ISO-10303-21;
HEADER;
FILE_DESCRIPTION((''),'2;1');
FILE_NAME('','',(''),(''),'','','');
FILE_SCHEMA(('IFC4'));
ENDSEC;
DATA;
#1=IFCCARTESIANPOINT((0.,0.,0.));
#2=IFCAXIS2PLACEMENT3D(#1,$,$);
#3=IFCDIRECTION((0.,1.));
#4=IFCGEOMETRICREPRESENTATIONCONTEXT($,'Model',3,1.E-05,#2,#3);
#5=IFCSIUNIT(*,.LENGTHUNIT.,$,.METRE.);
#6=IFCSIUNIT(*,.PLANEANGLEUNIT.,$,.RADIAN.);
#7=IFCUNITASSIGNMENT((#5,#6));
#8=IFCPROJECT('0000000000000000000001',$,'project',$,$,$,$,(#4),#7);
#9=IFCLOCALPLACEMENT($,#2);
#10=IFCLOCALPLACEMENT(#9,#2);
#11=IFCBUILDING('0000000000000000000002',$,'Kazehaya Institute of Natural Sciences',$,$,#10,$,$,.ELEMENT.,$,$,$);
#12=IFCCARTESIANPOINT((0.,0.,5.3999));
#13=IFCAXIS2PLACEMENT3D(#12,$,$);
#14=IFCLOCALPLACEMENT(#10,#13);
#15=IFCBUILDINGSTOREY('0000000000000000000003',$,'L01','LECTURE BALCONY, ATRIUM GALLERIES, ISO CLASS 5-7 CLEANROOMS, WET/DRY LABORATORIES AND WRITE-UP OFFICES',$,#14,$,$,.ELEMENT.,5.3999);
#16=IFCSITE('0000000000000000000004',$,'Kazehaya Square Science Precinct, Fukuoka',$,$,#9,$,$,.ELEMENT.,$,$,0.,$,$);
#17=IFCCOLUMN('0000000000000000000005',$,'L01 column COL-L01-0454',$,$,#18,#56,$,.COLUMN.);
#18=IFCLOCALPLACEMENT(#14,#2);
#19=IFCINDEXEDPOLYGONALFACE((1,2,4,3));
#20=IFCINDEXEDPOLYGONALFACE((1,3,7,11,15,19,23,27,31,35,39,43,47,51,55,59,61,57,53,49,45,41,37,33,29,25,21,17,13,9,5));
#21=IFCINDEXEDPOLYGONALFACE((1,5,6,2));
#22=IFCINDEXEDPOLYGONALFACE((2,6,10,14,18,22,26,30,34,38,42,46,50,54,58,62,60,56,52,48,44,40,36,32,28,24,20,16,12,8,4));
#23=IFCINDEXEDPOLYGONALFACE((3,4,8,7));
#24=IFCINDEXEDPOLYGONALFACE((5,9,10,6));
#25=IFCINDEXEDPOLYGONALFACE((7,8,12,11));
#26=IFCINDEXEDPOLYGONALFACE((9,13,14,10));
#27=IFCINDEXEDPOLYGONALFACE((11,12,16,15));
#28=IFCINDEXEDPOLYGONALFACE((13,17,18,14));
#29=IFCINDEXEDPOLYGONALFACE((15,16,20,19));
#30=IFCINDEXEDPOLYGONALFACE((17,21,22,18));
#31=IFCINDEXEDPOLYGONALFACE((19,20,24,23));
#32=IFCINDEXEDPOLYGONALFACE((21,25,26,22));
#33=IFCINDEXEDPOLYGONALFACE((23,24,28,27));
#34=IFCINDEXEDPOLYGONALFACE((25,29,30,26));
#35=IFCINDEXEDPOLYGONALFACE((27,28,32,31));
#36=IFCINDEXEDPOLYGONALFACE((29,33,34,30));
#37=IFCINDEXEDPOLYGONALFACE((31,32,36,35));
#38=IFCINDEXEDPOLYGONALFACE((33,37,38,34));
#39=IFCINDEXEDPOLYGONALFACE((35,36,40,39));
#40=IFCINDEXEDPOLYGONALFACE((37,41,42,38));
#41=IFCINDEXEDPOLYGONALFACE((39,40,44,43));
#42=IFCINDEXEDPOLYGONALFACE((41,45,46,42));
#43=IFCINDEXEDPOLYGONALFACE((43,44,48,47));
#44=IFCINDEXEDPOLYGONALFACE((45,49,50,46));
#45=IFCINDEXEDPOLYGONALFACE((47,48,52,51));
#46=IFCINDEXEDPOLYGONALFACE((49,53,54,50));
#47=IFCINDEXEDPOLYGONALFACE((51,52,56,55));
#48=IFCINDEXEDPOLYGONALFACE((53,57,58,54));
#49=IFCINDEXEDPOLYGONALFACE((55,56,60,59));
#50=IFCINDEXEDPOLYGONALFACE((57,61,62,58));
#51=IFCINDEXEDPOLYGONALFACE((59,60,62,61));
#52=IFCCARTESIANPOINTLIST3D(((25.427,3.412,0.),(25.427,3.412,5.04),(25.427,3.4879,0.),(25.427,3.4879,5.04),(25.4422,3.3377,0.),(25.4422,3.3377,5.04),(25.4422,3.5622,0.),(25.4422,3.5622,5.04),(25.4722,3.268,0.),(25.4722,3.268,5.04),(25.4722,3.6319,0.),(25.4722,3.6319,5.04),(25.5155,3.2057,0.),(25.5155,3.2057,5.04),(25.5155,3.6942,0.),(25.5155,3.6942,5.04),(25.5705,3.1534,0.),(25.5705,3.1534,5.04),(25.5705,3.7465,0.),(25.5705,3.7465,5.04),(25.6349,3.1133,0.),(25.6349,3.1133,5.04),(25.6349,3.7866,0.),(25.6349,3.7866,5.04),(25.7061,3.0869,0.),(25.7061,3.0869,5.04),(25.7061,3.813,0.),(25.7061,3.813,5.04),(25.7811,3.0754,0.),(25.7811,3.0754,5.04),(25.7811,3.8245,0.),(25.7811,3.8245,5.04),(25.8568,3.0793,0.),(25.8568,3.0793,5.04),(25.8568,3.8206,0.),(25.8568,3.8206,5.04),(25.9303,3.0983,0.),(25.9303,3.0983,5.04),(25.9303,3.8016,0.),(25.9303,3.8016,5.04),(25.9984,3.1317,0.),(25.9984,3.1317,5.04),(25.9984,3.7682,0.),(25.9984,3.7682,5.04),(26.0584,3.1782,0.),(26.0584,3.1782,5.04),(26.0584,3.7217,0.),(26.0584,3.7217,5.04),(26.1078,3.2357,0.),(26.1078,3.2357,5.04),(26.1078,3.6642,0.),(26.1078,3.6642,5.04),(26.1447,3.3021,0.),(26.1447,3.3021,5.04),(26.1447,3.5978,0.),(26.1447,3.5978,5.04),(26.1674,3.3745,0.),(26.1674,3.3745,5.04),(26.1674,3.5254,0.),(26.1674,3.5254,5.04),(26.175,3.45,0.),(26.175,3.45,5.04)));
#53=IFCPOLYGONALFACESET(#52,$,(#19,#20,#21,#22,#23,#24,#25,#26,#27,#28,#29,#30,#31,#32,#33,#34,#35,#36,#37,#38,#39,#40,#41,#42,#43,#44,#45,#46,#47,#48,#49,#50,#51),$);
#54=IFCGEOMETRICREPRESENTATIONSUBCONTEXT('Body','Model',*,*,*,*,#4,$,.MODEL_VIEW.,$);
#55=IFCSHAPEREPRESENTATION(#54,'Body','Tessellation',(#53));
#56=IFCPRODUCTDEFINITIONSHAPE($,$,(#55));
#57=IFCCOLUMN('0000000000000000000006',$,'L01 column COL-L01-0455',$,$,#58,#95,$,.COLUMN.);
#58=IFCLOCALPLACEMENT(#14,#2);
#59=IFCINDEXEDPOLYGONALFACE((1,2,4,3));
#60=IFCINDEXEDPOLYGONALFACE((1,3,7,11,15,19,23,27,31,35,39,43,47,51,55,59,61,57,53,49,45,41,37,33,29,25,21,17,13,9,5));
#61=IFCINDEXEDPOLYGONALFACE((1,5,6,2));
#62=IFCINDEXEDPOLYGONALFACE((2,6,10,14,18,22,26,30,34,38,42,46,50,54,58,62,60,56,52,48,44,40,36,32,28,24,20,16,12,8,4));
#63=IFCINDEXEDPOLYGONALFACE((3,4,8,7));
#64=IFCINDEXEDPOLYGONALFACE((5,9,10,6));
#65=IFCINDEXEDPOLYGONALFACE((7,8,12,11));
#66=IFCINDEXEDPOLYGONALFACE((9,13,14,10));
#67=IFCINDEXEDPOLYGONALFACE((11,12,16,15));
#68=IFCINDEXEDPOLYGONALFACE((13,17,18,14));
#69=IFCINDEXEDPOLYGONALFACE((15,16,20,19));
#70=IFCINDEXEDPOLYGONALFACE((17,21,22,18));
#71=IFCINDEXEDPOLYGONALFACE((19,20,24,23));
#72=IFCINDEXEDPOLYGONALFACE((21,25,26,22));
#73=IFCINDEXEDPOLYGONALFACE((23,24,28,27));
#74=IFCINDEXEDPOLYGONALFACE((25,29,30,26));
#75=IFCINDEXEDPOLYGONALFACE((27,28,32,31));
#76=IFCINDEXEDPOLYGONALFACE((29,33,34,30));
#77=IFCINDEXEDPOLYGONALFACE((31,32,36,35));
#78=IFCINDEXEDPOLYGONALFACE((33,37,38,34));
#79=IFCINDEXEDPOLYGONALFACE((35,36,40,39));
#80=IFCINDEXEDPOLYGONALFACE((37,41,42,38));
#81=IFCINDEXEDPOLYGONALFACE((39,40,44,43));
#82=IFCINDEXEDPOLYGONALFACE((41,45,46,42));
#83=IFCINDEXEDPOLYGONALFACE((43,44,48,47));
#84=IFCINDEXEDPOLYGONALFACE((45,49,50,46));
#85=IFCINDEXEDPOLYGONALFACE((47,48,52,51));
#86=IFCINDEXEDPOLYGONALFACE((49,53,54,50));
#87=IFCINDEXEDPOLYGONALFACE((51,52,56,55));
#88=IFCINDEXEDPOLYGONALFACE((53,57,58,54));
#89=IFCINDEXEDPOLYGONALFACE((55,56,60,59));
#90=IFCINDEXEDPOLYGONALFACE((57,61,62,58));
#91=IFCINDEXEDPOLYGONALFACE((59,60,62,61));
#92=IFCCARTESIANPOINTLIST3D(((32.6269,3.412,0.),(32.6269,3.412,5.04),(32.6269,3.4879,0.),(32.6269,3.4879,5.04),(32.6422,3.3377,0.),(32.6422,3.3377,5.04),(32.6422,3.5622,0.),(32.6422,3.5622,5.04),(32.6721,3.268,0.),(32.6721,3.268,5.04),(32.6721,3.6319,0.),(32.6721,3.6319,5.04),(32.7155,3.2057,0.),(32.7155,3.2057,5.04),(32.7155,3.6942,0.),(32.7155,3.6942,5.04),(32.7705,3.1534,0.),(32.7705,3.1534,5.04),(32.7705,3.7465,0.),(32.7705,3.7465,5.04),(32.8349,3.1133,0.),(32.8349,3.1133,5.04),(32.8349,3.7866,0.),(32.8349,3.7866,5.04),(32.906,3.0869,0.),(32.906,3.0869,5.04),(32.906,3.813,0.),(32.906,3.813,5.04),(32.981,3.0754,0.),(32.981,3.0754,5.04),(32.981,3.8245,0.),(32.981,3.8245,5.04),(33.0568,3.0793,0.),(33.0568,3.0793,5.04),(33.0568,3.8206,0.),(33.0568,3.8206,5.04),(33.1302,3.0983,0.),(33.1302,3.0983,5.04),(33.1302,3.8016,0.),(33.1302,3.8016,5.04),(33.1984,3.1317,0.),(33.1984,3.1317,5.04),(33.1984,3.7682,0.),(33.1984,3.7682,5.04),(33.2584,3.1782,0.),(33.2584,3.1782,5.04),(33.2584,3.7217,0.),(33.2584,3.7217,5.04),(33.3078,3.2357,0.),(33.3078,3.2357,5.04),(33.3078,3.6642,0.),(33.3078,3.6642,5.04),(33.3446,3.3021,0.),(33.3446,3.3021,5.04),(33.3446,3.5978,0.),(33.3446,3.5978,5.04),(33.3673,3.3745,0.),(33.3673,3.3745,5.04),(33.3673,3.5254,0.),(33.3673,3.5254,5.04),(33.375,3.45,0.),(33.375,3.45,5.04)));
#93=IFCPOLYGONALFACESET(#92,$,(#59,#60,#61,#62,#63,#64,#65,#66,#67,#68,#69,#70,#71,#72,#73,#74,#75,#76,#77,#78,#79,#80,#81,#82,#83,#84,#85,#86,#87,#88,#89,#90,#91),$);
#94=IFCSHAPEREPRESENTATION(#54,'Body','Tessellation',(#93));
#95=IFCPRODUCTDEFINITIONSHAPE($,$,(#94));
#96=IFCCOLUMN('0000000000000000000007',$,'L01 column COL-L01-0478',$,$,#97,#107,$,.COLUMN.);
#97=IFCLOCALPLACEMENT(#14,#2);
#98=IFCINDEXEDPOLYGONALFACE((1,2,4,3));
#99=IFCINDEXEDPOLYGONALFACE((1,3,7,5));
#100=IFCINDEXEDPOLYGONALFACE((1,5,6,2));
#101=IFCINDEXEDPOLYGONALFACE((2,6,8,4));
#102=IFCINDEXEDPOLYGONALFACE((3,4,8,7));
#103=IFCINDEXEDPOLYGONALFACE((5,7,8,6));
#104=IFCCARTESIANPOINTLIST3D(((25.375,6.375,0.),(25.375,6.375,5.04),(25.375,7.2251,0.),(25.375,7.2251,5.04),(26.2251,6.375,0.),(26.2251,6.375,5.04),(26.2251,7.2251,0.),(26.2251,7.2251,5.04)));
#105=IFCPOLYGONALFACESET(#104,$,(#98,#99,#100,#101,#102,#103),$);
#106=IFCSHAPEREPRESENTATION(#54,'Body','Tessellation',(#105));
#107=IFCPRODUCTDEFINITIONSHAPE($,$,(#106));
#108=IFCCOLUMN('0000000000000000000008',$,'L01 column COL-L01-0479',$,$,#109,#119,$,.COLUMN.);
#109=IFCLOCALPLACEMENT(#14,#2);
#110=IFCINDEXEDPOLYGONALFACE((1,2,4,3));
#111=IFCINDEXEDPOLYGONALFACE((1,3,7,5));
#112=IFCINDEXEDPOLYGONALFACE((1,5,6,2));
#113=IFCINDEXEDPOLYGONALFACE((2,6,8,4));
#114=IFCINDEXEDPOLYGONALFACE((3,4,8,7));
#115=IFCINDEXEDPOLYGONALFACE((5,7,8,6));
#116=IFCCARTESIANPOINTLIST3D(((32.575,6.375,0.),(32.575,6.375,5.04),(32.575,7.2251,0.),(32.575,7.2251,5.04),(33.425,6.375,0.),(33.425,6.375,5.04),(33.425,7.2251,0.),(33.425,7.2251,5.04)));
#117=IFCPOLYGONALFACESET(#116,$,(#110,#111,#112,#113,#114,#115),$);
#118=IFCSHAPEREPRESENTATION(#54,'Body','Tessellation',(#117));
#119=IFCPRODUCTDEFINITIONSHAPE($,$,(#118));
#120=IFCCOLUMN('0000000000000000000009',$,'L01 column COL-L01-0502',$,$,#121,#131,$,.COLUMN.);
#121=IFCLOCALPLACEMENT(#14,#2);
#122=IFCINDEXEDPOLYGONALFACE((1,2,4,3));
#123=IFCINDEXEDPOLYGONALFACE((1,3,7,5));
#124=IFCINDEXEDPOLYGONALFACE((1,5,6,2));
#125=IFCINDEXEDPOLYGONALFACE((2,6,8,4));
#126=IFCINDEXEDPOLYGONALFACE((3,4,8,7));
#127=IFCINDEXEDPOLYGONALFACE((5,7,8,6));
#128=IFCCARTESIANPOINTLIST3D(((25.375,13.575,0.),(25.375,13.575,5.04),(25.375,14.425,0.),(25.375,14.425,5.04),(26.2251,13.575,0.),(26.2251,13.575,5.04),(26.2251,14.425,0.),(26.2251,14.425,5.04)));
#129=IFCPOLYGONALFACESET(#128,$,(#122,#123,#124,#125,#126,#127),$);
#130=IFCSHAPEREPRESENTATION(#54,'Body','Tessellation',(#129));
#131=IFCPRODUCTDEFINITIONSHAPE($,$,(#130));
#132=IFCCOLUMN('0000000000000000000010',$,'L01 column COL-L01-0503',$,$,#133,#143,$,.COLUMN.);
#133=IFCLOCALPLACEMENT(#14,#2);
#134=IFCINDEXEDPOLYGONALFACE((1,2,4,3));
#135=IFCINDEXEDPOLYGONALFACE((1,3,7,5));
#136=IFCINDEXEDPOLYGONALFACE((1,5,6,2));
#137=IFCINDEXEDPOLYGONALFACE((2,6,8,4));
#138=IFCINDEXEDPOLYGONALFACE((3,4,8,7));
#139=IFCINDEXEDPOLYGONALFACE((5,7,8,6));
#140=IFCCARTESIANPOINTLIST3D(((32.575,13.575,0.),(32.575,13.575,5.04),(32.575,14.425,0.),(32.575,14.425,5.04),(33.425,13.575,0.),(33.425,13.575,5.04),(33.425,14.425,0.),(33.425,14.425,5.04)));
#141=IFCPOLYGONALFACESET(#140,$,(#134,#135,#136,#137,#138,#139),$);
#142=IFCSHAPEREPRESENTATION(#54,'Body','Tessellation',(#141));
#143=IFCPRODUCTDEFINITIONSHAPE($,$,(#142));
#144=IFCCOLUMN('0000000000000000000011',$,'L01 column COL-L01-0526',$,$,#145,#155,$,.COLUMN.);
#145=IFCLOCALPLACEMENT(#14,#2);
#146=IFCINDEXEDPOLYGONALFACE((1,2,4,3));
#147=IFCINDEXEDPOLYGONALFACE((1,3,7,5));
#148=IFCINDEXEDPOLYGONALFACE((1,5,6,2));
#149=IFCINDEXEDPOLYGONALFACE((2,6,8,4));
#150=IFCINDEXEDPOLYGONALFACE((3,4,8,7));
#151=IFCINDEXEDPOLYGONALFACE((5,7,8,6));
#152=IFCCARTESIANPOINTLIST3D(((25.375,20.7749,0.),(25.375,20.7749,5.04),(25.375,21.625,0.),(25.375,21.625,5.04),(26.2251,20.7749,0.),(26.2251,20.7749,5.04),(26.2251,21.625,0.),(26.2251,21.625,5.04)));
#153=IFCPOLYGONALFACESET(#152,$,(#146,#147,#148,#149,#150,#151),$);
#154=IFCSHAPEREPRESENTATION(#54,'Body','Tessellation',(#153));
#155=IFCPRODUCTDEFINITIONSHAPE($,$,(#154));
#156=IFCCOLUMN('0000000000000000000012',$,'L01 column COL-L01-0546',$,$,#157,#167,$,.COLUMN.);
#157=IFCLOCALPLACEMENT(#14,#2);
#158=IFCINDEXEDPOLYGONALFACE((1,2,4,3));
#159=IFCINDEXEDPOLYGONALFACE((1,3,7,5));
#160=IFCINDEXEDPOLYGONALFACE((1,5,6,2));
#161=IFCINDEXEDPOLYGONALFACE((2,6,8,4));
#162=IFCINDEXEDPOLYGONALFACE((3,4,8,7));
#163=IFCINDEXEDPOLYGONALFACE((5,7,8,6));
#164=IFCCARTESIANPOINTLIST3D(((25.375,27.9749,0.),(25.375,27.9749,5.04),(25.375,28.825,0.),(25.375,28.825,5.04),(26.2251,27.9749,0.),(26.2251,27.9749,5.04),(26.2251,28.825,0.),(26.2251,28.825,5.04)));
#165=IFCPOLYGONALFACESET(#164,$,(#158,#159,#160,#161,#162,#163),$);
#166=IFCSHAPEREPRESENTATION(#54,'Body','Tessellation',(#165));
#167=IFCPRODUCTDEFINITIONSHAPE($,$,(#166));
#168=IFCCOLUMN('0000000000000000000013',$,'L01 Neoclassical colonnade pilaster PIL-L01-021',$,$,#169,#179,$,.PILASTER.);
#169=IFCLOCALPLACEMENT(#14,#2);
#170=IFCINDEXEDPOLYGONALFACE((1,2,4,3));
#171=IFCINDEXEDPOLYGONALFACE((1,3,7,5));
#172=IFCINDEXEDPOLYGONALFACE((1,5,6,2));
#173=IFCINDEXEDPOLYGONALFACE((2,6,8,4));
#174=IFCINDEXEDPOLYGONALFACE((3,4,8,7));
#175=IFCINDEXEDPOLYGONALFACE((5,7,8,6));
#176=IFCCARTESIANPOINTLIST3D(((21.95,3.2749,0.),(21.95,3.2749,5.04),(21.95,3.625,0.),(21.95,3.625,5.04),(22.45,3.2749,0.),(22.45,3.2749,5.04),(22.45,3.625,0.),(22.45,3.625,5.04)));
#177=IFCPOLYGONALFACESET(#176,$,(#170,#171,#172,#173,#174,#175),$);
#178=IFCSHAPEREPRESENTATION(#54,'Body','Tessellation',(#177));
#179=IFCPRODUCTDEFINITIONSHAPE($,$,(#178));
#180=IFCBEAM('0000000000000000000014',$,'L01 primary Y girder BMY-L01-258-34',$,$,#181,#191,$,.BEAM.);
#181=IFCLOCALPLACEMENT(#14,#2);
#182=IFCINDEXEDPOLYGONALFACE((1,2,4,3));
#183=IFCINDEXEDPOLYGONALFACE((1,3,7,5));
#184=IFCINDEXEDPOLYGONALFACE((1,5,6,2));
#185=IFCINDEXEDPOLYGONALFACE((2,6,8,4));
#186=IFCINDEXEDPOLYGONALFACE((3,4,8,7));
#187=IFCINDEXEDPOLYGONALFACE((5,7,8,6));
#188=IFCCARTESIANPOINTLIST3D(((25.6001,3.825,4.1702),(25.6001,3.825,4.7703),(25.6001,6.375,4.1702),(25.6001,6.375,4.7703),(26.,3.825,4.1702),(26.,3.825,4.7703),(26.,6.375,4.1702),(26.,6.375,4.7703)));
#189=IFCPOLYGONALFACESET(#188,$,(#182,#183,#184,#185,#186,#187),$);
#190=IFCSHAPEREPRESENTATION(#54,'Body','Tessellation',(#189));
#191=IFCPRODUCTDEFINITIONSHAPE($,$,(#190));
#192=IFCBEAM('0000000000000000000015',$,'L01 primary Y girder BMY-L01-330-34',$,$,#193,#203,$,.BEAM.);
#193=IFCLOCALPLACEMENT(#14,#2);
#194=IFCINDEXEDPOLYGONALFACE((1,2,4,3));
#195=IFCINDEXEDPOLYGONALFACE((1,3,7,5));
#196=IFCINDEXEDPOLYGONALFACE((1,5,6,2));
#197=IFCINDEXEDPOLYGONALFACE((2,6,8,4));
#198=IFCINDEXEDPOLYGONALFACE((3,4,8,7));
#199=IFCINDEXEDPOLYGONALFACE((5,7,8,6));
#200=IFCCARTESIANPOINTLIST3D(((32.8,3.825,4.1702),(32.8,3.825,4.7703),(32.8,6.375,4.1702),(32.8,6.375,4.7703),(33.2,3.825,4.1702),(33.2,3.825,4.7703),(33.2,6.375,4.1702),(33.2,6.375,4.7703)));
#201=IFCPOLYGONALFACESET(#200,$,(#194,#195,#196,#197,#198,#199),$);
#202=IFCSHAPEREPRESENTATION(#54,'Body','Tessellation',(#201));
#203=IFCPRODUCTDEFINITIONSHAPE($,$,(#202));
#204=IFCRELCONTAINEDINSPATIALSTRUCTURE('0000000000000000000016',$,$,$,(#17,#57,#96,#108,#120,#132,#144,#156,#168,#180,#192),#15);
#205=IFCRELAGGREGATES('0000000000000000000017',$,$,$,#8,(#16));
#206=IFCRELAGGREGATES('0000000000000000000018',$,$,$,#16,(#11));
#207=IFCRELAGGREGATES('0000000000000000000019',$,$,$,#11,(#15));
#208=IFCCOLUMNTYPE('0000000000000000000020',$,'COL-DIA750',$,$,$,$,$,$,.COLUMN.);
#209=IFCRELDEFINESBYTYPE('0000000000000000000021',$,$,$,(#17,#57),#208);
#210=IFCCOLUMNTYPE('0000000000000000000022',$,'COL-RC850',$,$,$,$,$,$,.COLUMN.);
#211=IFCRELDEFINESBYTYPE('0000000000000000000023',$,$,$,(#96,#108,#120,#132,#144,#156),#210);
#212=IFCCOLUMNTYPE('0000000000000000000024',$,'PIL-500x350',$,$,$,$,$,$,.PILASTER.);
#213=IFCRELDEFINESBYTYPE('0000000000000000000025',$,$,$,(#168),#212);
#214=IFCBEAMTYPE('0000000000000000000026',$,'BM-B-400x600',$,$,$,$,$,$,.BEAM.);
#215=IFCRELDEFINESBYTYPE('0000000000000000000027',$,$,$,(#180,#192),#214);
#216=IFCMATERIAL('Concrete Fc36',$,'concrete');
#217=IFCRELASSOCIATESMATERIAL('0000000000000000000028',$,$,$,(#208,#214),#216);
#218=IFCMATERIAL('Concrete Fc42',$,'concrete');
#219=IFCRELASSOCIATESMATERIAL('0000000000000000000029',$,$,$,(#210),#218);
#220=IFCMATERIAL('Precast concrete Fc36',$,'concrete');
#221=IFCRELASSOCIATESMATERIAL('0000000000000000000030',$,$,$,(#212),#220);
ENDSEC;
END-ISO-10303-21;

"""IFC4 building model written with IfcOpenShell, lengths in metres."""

from ifc_helpers import new_model, si_unit, direction, frame, origin, origin_2d, place, context, subcontext, project, spatial, rectangle, circle, extrude, material, material_profile, profile_set, type_object, element, save


model = new_model("IFC4")

# Units and contexts
model_context = context("Model", 3, precision=1e-05, world=origin(), true_north=direction((0.0, 1.0)))
body_context = subcontext(model_context, "Body", "Model", "MODEL_VIEW")
ifc_project = project(units=[si_unit("LENGTHUNIT", "METRE"), si_unit("PLANEANGLEUNIT", "RADIAN")], contexts=[model_context])

# Site, building, storey
site_placement = place(None, origin())
site = spatial("IfcSite", under=ifc_project, at=site_placement, Name="Kazehaya Square Science Precinct, Fukuoka", CompositionType="ELEMENT", RefElevation=0.0)
building_placement = place(site_placement, origin())
building = spatial("IfcBuilding", under=site, at=building_placement, Name="Kazehaya Institute of Natural Sciences", CompositionType="ELEMENT")
storey_placement = place(building_placement, frame((0.0, 0.0, 5.3999)))
storey = spatial("IfcBuildingStorey", under=building, at=storey_placement, Name="L01", Description="LECTURE BALCONY, ATRIUM GALLERIES, ISO CLASS 5-7 CLEANROOMS, WET/DRY LABORATORIES AND WRITE-UP OFFICES", CompositionType="ELEMENT", Elevation=5.3999)

# Columns
ifc_material_1 = material(Name="Concrete Fc36", Category="concrete")
ifc_material_profile_1 = material_profile(ifc_material_1, circle(Radius=0.375, at=origin_2d()), Name="RC-DIA750")
ifc_profile_set_1 = profile_set([ifc_material_profile_1], Name="Concrete Fc36")
column_type_1 = type_object("IfcColumnType", Name="COL-DIA750", PredefinedType="COLUMN", material=ifc_profile_set_1)
for number, where, z_axis, x_axis, name in (
    (1, (25.8, 3.45, 0.0), (0.0, 0.0, 1.0), (1.0, 0.0, 0.0), "L01 column COL-L01-0454"),
    (2, (33.0, 3.45, 0.0), (0.0, 0.0, 1.0), (1.0, 0.0, 0.0), "L01 column COL-L01-0455"),
):
    element("IfcColumn", number, at=place(storey_placement, frame(where, z_axis=z_axis, x_axis=x_axis)), inside=storey, type_object=column_type_1, Name=name, PredefinedType="COLUMN", context=body_context, shape_type="SweptSolid", body=[
        extrude(circle(Radius=0.375, at=origin_2d()), origin(), (0.0, 0.0, 1.0), 5.04),
    ])
ifc_material_2 = material(Name="Concrete Fc42", Category="concrete")
ifc_material_profile_2 = material_profile(ifc_material_2, rectangle(XDim=0.8501, YDim=0.8501, at=origin_2d()), Name="RC-850x850")
ifc_profile_set_2 = profile_set([ifc_material_profile_2], Name="Concrete Fc42")
column_type_2 = type_object("IfcColumnType", Name="COL-RC850", PredefinedType="COLUMN", material=ifc_profile_set_2)
for number, where, z_axis, x_axis, name in (
    (3, (25.8, 6.8, 0.0), (0.0, 0.0, 1.0), (1.0, 0.0, 0.0), "L01 column COL-L01-0478"),
    (4, (33.0, 6.8, 0.0), (0.0, 0.0, 1.0), (1.0, 0.0, 0.0), "L01 column COL-L01-0479"),
    (5, (25.8, 14.0, 0.0), (0.0, 0.0, 1.0), (1.0, 0.0, 0.0), "L01 column COL-L01-0502"),
    (6, (33.0, 14.0, 0.0), (0.0, 0.0, 1.0), (1.0, 0.0, 0.0), "L01 column COL-L01-0503"),
    (7, (25.8, 21.2, 0.0), (0.0, 0.0, 1.0), (1.0, 0.0, 0.0), "L01 column COL-L01-0526"),
    (8, (25.8, 28.3999, 0.0), (0.0, 0.0, 1.0), (1.0, 0.0, 0.0), "L01 column COL-L01-0546"),
):
    element("IfcColumn", number, at=place(storey_placement, frame(where, z_axis=z_axis, x_axis=x_axis)), inside=storey, type_object=column_type_2, Name=name, PredefinedType="COLUMN", context=body_context, shape_type="SweptSolid", body=[
        extrude(rectangle(XDim=0.8501, YDim=0.8501, at=origin_2d()), origin(), (0.0, 0.0, 1.0), 5.04),
    ])
ifc_material_3 = material(Name="Precast concrete Fc36", Category="concrete")
ifc_material_profile_3 = material_profile(ifc_material_3, rectangle(XDim=0.5, YDim=0.3501, at=origin_2d()), Name="RC-PIL-500x350")
ifc_profile_set_3 = profile_set([ifc_material_profile_3], Name="Precast concrete Fc36")
column_type_3 = type_object("IfcColumnType", Name="PIL-500x350", PredefinedType="PILASTER", material=ifc_profile_set_3)
column_placement = place(storey_placement, frame((22.2, 3.45, 0.0), z_axis=(0.0, 0.0, 1.0), x_axis=(1.0, 0.0, 0.0)))
element("IfcColumn", 9, at=column_placement, inside=storey, type_object=column_type_3, Name="L01 Neoclassical colonnade pilaster PIL-L01-021", PredefinedType="PILASTER", context=body_context, shape_type="SweptSolid", body=[
    extrude(rectangle(XDim=0.5, YDim=0.3501, at=origin_2d()), origin(), (0.0, 0.0, 1.0), 5.04),
])

# Beams
ifc_material_profile_4 = material_profile(ifc_material_1, rectangle(XDim=0.3999, YDim=0.6001, at=origin_2d()), Name="RC-400x600")
ifc_profile_set_4 = profile_set([ifc_material_profile_4], Name="Concrete Fc36")
beam_type_1 = type_object("IfcBeamType", Name="BM-B-400x600", PredefinedType="BEAM", material=ifc_profile_set_4)
for number, where, z_axis, x_axis, name in (
    (10, (25.8, 3.825, 4.4702), (0.0, 1.0, 0.0), (-1.0, 0.0, 0.0), "L01 primary Y girder BMY-L01-258-34"),
    (11, (33.0, 3.825, 4.4702), (0.0, 1.0, 0.0), (-1.0, 0.0, 0.0), "L01 primary Y girder BMY-L01-330-34"),
):
    element("IfcBeam", number, at=place(storey_placement, frame(where, z_axis=z_axis, x_axis=x_axis)), inside=storey, type_object=beam_type_1, Name=name, PredefinedType="BEAM", context=body_context, shape_type="SweptSolid", body=[
        extrude(rectangle(XDim=0.3999, YDim=0.6001, at=origin_2d()), origin(), (0.0, 0.0, 1.0), 2.55),
    ])

save(model, "model.ifc")
